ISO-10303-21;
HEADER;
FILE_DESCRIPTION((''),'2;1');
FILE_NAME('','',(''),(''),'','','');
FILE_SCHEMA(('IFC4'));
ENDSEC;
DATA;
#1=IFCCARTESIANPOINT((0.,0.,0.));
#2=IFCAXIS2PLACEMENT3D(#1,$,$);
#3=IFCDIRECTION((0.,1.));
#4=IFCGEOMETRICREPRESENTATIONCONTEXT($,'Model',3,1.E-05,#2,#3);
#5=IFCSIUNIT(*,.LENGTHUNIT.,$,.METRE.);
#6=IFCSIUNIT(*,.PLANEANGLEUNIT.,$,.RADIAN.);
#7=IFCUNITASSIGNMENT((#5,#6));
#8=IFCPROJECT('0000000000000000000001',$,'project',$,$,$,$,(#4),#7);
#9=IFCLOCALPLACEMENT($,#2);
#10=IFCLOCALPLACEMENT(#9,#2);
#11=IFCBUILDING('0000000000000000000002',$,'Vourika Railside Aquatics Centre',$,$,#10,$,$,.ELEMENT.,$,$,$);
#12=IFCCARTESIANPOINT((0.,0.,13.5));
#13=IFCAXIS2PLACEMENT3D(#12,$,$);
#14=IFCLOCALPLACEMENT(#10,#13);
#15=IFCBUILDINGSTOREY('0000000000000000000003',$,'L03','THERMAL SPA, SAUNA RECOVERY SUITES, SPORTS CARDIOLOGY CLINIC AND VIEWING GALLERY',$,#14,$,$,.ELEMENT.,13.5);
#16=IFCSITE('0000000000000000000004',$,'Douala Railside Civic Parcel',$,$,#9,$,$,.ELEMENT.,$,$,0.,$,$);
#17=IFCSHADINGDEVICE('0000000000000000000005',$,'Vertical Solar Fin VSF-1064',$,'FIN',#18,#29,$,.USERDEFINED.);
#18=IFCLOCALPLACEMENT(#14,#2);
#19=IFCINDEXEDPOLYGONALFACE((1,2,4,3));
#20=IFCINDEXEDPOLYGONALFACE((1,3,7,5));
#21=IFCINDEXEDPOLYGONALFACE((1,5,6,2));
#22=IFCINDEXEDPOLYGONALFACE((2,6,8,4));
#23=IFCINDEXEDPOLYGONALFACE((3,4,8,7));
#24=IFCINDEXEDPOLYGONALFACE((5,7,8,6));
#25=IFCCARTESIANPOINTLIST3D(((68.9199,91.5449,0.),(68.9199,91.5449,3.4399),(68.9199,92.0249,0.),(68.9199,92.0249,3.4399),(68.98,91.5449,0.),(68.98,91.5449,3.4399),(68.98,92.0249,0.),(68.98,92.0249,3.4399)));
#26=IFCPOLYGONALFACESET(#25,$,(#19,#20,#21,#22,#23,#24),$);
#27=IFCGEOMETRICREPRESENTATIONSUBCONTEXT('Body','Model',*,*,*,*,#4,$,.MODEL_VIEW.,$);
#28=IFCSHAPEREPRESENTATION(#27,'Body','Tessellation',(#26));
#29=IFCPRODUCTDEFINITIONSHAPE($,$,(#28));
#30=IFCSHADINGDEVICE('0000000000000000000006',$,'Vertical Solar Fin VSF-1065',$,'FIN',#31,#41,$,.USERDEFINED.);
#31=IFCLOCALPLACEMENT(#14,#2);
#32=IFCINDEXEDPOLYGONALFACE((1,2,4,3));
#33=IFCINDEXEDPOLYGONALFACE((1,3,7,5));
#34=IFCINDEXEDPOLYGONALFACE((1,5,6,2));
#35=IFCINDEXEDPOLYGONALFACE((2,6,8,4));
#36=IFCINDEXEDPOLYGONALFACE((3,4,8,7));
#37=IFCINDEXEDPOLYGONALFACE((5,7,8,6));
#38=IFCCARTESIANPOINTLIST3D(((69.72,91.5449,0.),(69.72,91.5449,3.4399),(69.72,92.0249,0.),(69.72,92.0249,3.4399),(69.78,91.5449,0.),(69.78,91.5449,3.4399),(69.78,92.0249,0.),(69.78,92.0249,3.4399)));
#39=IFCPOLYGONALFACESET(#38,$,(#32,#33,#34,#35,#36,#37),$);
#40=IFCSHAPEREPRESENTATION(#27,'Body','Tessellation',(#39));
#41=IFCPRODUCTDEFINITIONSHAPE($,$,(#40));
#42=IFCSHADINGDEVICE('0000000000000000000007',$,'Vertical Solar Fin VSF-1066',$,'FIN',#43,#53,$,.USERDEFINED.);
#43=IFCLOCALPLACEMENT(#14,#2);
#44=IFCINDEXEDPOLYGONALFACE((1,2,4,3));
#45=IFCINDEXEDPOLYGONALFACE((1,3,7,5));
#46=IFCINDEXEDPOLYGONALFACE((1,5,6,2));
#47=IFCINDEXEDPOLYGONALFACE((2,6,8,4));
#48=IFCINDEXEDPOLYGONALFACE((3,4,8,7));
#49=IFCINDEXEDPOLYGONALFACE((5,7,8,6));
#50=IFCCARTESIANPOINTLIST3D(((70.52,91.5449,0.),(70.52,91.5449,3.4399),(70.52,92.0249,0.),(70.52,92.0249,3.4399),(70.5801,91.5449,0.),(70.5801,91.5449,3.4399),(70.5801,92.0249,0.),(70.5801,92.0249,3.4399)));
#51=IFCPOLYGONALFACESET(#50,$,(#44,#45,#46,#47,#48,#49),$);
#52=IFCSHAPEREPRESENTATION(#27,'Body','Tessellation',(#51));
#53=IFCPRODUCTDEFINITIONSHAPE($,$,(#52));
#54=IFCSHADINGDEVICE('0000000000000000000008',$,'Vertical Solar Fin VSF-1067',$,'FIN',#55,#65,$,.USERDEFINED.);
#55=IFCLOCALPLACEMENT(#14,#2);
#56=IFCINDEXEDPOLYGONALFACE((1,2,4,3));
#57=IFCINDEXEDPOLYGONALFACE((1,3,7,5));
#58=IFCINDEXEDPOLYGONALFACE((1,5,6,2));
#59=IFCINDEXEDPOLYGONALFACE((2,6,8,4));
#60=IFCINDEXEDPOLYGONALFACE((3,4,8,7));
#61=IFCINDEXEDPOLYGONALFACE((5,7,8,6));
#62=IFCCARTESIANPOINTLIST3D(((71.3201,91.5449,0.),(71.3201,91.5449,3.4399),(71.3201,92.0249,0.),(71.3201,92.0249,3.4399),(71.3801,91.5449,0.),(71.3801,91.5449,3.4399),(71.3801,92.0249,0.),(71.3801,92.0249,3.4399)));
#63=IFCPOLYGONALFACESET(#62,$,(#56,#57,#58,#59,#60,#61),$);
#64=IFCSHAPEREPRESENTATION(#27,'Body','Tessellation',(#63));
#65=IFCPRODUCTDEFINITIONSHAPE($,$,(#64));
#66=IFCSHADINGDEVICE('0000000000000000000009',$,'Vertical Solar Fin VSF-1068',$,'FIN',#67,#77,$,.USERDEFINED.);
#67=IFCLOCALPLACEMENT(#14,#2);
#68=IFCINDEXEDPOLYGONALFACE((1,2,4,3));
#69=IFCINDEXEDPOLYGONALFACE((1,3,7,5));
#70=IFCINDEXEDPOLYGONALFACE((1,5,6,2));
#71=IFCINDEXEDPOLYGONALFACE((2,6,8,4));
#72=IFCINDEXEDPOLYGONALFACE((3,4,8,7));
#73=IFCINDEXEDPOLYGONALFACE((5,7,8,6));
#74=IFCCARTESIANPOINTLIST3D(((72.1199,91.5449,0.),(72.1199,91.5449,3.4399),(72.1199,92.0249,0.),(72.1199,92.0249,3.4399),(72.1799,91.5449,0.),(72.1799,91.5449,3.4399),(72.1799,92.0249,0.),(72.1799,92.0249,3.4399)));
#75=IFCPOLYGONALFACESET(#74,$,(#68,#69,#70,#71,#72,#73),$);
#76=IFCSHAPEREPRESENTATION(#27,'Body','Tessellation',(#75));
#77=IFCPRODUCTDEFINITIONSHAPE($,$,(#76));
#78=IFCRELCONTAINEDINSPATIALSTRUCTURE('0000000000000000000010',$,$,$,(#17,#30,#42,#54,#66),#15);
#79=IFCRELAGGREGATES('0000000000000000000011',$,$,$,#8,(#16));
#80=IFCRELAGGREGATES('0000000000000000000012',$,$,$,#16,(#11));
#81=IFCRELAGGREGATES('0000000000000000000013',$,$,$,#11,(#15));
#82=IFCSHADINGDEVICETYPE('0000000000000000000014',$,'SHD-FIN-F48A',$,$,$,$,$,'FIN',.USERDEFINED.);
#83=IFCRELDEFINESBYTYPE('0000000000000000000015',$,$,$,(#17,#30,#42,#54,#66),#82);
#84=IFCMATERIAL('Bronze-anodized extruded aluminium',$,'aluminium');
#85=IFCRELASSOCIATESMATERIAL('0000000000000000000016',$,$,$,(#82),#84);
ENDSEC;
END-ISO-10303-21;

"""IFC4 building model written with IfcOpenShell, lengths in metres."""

from ifc_helpers import new_model, si_unit, direction, frame, origin, origin_2d, place, context, subcontext, project, spatial, rectangle, extrude, material, material_profile, profile_set, type_object, element, save


model = new_model("IFC4")

# Units and contexts
model_context = context("Model", 3, precision=1e-05, world=origin(), true_north=direction((0.0, 1.0)))
body_context = subcontext(model_context, "Body", "Model", "MODEL_VIEW")
ifc_project = project(units=[si_unit("LENGTHUNIT", "METRE"), si_unit("PLANEANGLEUNIT", "RADIAN")], contexts=[model_context])

# Site, building, storey
site_placement = place(None, origin())
site = spatial("IfcSite", under=ifc_project, at=site_placement, Name="Douala Railside Civic Parcel", CompositionType="ELEMENT", RefElevation=0.0)
building_placement = place(site_placement, origin())
building = spatial("IfcBuilding", under=site, at=building_placement, Name="Vourika Railside Aquatics Centre", CompositionType="ELEMENT")
storey_placement = place(building_placement, frame((0.0, 0.0, 13.5)))
storey = spatial("IfcBuildingStorey", under=building, at=storey_placement, Name="L03", Description="THERMAL SPA, SAUNA RECOVERY SUITES, SPORTS CARDIOLOGY CLINIC AND VIEWING GALLERY", CompositionType="ELEMENT", Elevation=13.5)

# Shading devices
ifc_material_1 = material(Name="Bronze-anodized extruded aluminium", Category="aluminium")
ifc_material_profile_1 = material_profile(ifc_material_1, rectangle(XDim=0.0601, YDim=0.48, at=origin_2d()), Name="ALU-FIN 60x480")
ifc_profile_set_1 = profile_set([ifc_material_profile_1], Name="Bronze-anodized extruded aluminium")
shading_device_type = type_object("IfcShadingDeviceType", Name="SHD-FIN-F48A", ElementType="FIN", PredefinedType="USERDEFINED", material=ifc_profile_set_1)
for number, where, z_axis, x_axis, name in (
    (1, (68.95, 91.7849, 0.0), (0.0, 0.0, 1.0), (-1.0, 0.0, 0.0), "Vertical Solar Fin VSF-1064"),
    (2, (69.75, 91.7849, 0.0), (0.0, 0.0, 1.0), (-1.0, 0.0, 0.0), "Vertical Solar Fin VSF-1065"),
    (3, (70.55, 91.7849, 0.0), (0.0, 0.0, 1.0), (-1.0, 0.0, 0.0), "Vertical Solar Fin VSF-1066"),
    (4, (71.3501, 91.7849, 0.0), (0.0, 0.0, 1.0), (-1.0, 0.0, 0.0), "Vertical Solar Fin VSF-1067"),
    (5, (72.1499, 91.7849, 0.0), (0.0, 0.0, 1.0), (-1.0, 0.0, 0.0), "Vertical Solar Fin VSF-1068"),
):
    element("IfcShadingDevice", number, at=place(storey_placement, frame(where, z_axis=z_axis, x_axis=x_axis)), inside=storey, type_object=shading_device_type, Name=name, ObjectType="FIN", PredefinedType="USERDEFINED", context=body_context, shape_type="SweptSolid", body=[
        extrude(rectangle(XDim=0.0601, YDim=0.48, at=origin_2d()), origin(), (0.0, 0.0, 1.0), 3.4399),
    ])

save(model, "model.ifc")
